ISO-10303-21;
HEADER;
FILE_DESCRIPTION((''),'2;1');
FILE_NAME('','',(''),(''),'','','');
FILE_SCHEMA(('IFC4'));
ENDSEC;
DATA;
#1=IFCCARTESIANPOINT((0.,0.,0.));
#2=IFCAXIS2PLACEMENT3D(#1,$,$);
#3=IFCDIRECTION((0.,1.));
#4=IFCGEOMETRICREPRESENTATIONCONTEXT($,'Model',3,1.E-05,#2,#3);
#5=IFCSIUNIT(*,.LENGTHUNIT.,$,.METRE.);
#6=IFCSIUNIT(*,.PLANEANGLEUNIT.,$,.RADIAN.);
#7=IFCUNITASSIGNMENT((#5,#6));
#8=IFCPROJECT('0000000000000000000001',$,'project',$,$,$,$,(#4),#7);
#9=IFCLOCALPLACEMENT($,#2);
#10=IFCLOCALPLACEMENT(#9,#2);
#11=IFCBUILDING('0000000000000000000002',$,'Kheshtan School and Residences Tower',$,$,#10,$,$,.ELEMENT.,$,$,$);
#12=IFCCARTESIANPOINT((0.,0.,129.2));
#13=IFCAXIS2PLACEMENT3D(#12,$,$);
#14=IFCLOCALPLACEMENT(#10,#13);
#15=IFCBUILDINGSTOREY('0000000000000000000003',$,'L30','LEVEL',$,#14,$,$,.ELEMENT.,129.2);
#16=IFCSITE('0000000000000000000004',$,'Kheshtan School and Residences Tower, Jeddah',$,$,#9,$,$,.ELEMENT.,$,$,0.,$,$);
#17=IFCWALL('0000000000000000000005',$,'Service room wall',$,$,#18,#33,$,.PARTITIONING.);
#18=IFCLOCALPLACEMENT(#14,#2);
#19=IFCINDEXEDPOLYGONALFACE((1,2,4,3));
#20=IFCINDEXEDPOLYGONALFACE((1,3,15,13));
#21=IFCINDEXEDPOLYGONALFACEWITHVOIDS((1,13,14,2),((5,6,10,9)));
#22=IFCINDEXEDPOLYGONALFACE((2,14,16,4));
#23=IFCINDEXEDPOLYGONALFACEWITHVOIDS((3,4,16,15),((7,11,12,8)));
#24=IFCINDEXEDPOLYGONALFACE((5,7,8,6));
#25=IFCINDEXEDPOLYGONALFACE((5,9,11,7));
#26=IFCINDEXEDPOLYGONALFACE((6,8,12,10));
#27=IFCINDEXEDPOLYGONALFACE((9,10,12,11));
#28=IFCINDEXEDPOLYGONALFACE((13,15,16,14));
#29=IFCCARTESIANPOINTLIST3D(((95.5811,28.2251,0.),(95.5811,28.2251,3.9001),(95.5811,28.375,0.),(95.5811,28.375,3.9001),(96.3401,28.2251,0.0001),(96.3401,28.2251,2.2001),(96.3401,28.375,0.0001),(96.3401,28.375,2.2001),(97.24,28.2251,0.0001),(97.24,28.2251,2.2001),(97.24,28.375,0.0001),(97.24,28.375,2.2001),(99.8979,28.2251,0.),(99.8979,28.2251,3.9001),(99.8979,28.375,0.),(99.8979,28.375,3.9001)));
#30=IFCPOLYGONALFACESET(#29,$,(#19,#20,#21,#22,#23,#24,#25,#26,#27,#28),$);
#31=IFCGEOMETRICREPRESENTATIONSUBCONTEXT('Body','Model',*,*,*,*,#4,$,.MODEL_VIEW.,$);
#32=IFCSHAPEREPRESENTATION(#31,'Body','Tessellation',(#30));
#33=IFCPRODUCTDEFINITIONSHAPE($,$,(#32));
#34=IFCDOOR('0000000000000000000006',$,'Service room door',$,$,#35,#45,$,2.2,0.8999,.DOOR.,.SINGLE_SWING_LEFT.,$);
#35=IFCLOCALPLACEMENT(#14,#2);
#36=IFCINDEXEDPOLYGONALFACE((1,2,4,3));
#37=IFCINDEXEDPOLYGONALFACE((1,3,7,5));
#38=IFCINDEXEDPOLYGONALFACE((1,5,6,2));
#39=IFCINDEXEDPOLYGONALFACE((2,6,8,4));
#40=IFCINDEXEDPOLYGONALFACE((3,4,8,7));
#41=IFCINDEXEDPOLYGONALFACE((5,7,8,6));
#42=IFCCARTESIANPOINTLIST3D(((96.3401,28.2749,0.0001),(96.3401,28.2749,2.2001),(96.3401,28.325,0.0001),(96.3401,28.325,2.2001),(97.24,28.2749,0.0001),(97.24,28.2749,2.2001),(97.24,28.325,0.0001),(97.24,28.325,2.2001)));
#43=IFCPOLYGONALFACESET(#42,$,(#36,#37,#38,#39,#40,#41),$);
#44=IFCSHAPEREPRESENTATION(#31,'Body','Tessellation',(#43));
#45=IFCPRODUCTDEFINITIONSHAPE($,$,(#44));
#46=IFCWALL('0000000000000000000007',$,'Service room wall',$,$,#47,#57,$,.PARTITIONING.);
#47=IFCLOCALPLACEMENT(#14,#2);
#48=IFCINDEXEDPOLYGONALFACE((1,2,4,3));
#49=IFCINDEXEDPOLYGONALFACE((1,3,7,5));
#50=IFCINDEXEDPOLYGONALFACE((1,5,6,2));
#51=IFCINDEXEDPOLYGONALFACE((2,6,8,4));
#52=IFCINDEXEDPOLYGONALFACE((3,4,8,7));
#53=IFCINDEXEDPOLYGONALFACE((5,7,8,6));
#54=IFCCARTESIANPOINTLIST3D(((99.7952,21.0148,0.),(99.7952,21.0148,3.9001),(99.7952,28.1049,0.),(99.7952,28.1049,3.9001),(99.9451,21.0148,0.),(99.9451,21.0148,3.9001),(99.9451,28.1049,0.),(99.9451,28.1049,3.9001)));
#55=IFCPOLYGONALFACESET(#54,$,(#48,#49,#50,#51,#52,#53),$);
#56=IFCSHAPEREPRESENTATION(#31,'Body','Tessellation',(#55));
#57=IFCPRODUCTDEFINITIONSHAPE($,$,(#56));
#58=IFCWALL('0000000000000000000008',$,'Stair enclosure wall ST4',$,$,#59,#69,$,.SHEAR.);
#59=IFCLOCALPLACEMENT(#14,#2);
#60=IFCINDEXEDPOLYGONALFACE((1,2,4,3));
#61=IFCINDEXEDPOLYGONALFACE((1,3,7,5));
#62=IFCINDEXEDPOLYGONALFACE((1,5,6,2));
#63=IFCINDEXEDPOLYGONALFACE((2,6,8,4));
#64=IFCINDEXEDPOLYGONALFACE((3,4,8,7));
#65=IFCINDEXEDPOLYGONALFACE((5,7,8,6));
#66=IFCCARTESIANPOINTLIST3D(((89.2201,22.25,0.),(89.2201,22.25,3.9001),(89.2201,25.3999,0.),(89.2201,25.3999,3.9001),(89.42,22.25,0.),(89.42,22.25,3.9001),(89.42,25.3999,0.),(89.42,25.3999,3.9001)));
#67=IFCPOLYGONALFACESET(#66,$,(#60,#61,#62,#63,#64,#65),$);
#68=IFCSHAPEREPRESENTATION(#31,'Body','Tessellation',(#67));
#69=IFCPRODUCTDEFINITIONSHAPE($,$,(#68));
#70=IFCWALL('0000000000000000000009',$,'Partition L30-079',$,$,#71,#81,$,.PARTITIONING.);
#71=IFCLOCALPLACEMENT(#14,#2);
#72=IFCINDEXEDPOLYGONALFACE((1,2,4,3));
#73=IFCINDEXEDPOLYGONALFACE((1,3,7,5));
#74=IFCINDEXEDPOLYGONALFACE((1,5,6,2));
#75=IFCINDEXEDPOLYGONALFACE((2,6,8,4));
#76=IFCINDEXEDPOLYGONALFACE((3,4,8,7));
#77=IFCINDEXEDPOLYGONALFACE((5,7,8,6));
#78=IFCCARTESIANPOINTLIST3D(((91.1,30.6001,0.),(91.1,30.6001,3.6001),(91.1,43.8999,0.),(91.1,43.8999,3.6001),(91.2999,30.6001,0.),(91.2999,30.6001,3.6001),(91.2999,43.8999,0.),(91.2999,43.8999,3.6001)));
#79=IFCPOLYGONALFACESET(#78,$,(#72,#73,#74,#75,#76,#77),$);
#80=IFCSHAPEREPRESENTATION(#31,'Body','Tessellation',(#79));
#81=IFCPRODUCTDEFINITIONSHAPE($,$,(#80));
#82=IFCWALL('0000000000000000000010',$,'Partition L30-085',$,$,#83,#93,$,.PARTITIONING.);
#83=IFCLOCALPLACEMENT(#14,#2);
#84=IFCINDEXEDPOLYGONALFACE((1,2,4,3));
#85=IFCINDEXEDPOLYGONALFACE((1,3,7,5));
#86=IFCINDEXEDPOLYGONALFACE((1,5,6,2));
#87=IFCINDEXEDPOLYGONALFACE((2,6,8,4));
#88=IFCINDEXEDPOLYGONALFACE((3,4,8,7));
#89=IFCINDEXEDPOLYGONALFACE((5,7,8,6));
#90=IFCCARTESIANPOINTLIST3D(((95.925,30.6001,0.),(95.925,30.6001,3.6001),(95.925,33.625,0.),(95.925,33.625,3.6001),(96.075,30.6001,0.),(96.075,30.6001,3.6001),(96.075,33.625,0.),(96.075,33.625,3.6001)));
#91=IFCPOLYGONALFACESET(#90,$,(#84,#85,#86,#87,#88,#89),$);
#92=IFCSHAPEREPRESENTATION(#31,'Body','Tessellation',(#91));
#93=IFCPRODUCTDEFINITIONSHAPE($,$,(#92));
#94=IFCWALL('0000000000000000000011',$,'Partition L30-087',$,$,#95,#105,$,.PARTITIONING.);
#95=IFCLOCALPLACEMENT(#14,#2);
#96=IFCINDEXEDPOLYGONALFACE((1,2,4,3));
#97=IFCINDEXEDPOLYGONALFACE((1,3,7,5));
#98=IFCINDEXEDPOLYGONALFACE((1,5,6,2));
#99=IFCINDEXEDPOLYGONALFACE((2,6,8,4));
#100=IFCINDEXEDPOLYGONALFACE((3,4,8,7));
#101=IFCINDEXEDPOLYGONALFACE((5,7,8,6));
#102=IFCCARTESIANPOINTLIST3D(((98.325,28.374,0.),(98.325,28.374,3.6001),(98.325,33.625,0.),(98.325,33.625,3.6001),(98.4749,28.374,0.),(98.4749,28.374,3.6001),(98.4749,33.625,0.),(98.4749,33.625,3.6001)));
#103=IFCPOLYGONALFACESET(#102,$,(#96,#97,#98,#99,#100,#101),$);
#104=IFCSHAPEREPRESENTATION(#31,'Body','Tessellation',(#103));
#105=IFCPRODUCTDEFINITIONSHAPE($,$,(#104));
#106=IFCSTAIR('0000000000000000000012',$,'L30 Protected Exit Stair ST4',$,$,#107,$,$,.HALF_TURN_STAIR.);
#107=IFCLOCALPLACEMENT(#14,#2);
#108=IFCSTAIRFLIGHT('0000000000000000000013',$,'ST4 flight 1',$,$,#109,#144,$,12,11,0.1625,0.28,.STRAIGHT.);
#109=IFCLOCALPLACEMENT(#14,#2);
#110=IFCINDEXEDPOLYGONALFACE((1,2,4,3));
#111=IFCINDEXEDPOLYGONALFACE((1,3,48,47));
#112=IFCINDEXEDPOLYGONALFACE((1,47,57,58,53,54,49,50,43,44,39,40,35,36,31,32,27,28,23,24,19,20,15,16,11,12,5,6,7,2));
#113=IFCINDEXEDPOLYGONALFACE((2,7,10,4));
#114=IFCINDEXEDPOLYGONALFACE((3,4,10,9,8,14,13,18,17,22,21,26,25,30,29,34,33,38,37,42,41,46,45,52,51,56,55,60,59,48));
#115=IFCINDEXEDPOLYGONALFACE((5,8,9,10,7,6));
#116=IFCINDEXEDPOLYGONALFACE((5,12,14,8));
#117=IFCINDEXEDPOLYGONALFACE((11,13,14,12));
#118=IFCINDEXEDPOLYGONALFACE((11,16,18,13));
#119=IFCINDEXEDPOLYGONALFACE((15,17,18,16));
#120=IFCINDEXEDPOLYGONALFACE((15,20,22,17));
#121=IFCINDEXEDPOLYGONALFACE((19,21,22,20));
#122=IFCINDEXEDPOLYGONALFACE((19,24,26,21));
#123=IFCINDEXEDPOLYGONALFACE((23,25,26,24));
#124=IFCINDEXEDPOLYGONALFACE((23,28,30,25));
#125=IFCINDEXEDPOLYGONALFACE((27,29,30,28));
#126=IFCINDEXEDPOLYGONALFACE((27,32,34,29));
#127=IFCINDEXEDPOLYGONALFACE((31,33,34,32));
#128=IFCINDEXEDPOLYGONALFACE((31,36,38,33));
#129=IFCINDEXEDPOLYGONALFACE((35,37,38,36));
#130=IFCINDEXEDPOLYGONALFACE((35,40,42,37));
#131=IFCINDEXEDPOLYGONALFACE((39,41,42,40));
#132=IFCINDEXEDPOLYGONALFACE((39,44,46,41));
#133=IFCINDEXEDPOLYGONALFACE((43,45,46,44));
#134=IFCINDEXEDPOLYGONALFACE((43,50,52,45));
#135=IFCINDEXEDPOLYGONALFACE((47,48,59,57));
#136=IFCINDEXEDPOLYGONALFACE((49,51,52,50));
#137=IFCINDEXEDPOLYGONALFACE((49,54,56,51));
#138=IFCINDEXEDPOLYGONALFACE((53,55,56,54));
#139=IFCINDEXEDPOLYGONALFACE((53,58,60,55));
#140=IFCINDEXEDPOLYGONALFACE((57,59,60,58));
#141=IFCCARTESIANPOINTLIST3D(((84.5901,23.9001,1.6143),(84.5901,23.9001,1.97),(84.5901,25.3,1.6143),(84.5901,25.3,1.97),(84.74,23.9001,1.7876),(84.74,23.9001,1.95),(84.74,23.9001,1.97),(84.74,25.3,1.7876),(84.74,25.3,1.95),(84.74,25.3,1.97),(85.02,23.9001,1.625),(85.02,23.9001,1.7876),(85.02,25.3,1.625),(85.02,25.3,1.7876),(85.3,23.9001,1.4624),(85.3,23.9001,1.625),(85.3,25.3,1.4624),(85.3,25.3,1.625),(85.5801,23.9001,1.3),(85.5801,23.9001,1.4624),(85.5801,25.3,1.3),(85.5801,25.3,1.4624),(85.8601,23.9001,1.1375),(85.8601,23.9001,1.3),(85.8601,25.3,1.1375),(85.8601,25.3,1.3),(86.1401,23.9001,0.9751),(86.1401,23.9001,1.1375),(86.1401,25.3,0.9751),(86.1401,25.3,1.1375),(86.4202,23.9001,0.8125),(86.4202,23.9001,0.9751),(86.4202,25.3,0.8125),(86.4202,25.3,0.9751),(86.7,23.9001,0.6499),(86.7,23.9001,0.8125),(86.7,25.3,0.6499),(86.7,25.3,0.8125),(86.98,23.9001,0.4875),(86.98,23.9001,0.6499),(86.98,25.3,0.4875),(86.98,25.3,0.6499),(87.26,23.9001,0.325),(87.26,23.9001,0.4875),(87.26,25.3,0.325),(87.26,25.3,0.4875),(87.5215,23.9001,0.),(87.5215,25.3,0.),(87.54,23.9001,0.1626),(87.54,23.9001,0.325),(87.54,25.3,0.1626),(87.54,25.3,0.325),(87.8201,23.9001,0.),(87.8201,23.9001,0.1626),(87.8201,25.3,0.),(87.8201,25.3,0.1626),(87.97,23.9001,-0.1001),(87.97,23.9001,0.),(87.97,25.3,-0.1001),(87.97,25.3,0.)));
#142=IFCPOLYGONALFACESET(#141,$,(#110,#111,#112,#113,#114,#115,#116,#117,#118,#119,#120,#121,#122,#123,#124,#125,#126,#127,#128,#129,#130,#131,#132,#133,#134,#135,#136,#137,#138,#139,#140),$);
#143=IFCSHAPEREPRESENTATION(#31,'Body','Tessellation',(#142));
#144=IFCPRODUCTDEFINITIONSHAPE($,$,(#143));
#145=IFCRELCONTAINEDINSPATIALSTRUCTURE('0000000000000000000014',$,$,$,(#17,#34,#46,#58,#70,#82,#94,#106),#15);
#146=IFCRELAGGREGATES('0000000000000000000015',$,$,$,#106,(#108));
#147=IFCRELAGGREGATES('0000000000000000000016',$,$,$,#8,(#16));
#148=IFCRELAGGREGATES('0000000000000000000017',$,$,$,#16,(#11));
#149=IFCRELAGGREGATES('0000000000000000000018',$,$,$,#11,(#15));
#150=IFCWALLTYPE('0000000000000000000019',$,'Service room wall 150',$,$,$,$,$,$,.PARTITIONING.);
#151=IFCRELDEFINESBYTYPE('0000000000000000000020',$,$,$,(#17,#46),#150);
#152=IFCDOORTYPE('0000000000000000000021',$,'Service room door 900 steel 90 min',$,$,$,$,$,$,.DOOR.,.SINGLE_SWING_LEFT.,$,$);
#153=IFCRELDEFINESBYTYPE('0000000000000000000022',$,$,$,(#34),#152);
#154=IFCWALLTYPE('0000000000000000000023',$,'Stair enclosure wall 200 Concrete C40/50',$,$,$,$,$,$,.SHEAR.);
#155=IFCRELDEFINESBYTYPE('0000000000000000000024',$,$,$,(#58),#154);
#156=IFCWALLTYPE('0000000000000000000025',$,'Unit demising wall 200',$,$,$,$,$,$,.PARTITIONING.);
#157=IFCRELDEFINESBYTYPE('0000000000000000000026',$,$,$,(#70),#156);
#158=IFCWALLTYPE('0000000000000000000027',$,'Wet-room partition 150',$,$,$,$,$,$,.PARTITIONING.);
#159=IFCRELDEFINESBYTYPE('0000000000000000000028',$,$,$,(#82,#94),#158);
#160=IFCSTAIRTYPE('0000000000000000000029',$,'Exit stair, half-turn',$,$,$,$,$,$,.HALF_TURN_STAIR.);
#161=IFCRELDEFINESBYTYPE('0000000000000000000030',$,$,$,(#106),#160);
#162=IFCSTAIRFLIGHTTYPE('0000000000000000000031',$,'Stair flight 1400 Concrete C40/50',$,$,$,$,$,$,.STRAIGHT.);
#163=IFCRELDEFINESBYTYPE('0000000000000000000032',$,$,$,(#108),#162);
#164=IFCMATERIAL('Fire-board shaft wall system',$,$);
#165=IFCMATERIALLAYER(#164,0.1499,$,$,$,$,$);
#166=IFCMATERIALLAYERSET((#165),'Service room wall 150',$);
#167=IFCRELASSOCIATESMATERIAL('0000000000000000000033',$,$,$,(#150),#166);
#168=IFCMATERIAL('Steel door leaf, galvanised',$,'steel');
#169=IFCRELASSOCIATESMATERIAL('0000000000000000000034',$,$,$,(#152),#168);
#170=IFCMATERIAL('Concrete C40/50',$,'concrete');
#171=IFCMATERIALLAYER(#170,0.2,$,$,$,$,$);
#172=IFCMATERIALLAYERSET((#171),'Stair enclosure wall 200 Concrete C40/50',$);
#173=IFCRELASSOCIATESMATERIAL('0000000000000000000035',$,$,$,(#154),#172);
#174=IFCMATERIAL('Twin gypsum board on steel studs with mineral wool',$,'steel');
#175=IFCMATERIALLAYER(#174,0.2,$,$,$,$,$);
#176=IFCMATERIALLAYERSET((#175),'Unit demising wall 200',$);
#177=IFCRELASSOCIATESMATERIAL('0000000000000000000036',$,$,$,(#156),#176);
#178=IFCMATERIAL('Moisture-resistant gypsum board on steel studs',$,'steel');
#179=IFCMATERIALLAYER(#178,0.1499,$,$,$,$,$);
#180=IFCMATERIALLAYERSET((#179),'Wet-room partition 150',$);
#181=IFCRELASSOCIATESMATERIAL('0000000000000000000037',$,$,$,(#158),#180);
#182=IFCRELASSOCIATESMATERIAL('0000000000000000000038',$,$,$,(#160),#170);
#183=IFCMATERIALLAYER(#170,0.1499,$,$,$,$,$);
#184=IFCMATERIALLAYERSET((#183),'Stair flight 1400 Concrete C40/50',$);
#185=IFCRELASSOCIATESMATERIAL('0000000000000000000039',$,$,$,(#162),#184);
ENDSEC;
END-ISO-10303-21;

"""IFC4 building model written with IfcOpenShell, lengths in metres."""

from ifc_helpers import new_model, si_unit, direction, frame, frame_2d, origin, place, context, subcontext, project, spatial, polyline, rectangle, outline, extrude, source, transform, mapped, material, layer, layer_set, type_object, element, fill, aggregate, save


model = new_model("IFC4")

# Units and contexts
model_context = context("Model", 3, precision=1e-05, world=origin(), true_north=direction((0.0, 1.0)))
body_context = subcontext(model_context, "Body", "Model", "MODEL_VIEW")
ifc_project = project(units=[si_unit("LENGTHUNIT", "METRE"), si_unit("PLANEANGLEUNIT", "RADIAN")], contexts=[model_context])

# Site, building, storey
site_placement = place(None, origin())
site = spatial("IfcSite", under=ifc_project, at=site_placement, Name="Kheshtan School and Residences Tower, Jeddah", CompositionType="ELEMENT", RefElevation=0.0)
building_placement = place(site_placement, origin())
building = spatial("IfcBuilding", under=site, at=building_placement, Name="Kheshtan School and Residences Tower", CompositionType="ELEMENT")
storey_placement = place(building_placement, frame((0.0, 0.0, 129.2)))
storey = spatial("IfcBuildingStorey", under=building, at=storey_placement, Name="L30", Description="LEVEL", CompositionType="ELEMENT", Elevation=129.2)

# Shared definitions
ifc_material_1 = material(Name="Fire-board shaft wall system")
ifc_layer_1 = layer(ifc_material_1, 0.1499)
ifc_layer_set_1 = layer_set([ifc_layer_1], Name="Service room wall 150")
wall_type_1 = type_object("IfcWallType", Name="Service room wall 150", PredefinedType="PARTITIONING", material=ifc_layer_set_1)
ifc_material_2 = material(Name="Steel door leaf, galvanised", Category="steel")
door_type = type_object("IfcDoorType", Name="Service room door 900 steel 90 min", OperationType="SINGLE_SWING_LEFT", PredefinedType="DOOR", material=ifc_material_2)
shared_shape = source(origin(), body_context, "Body", "SweptSolid", [
    extrude(rectangle(XDim=0.8999, YDim=2.2, at=frame_2d((0.45, 1.1001))), frame((0.0, 0.0249, 0.0), z_axis=(0.0, -1.0, 0.0), x_axis=(1.0, 0.0, 0.0)), (0.0, 0.0, 1.0), 0.05),
])

# Wall, opening, door
wall_1_placement = place(storey_placement, frame((95.5811, 28.3, 0.0), z_axis=(0.0, 0.0, 1.0), x_axis=(1.0, 0.0, 0.0)))
wall_1 = element("IfcWall", 1, at=wall_1_placement, inside=storey, type_object=wall_type_1, Name="Service room wall", PredefinedType="PARTITIONING", context=body_context, shape_type="SweptSolid", body=[
    extrude(rectangle(XDim=4.3169, YDim=0.1499, at=frame_2d((2.1584, 0.0))), origin(), (0.0, 0.0, 1.0), 3.9001),
])
opening_1_placement = place(wall_1_placement, frame((0.759, 0.0, 0.0)))
opening_1 = element("IfcOpeningElement", 2, at=opening_1_placement, cuts=wall_1, PredefinedType="OPENING", context=body_context, shape_type="SweptSolid", body=[
    extrude(rectangle(XDim=0.8999, YDim=2.2, at=frame_2d((0.45, 1.1001))), frame((0.0, 0.085, 0.0), z_axis=(0.0, -1.0, 0.0), x_axis=(1.0, 0.0, 0.0)), (0.0, 0.0, 1.0), 0.1699),
])
door_1_placement = place(opening_1_placement, origin())
door_1 = element("IfcDoor", 3, at=door_1_placement, inside=storey, type_object=door_type, Name="Service room door", OperationType="SINGLE_SWING_LEFT", OverallHeight=2.2, OverallWidth=0.8999, PredefinedType="DOOR", context=body_context, shape_type="MappedRepresentation", body=[
    mapped(shared_shape, transform((0.0, 0.0, 0.0), x_axis=(1.0, 0.0, 0.0), y_axis=(0.0, 1.0, 0.0), z_axis=(0.0, 0.0, 1.0), scale=1.0)),
])
fill(opening_1, door_1)

# Walls
wall_2_placement = place(storey_placement, frame((99.8701, 21.0149, 0.0), z_axis=(0.0, 0.0, 1.0), x_axis=(0.0, 1.0, 0.0)))
element("IfcWall", 4, at=wall_2_placement, inside=storey, type_object=wall_type_1, Name="Service room wall", PredefinedType="PARTITIONING", context=body_context, shape_type="SweptSolid", body=[
    extrude(rectangle(XDim=7.0901, YDim=0.1499, at=frame_2d((3.5449, 0.0))), origin(), (0.0, 0.0, 1.0), 3.9001),
])
ifc_material_3 = material(Name="Concrete C40/50", Category="concrete")
ifc_layer_2 = layer(ifc_material_3, 0.2)
ifc_layer_set_2 = layer_set([ifc_layer_2], Name="Stair enclosure wall 200 Concrete C40/50")
wall_type_2 = type_object("IfcWallType", Name="Stair enclosure wall 200 Concrete C40/50", PredefinedType="SHEAR", material=ifc_layer_set_2)
wall_3_placement = place(storey_placement, frame((89.3201, 22.25, 0.0), z_axis=(0.0, 0.0, 1.0), x_axis=(0.0, 1.0, 0.0)))
element("IfcWall", 5, at=wall_3_placement, inside=storey, type_object=wall_type_2, Name="Stair enclosure wall ST4", PredefinedType="SHEAR", context=body_context, shape_type="SweptSolid", body=[
    extrude(rectangle(XDim=3.1499, YDim=0.2, at=frame_2d((1.575, 0.0))), origin(), (0.0, 0.0, 1.0), 3.9001),
])
ifc_material_4 = material(Name="Twin gypsum board on steel studs with mineral wool", Category="steel")
ifc_layer_3 = layer(ifc_material_4, 0.2)
ifc_layer_set_3 = layer_set([ifc_layer_3], Name="Unit demising wall 200")
wall_type_3 = type_object("IfcWallType", Name="Unit demising wall 200", PredefinedType="PARTITIONING", material=ifc_layer_set_3)
wall_4_placement = place(storey_placement, frame((91.2, 30.6001, 0.0), z_axis=(0.0, 0.0, 1.0), x_axis=(0.0, 1.0, 0.0)))
element("IfcWall", 6, at=wall_4_placement, inside=storey, type_object=wall_type_3, Name="Partition L30-079", PredefinedType="PARTITIONING", context=body_context, shape_type="SweptSolid", body=[
    extrude(rectangle(XDim=13.2998, YDim=0.2, at=frame_2d((6.6499, 0.0))), origin(), (0.0, 0.0, 1.0), 3.6001),
])
ifc_material_5 = material(Name="Moisture-resistant gypsum board on steel studs", Category="steel")
ifc_layer_4 = layer(ifc_material_5, 0.1499)
ifc_layer_set_4 = layer_set([ifc_layer_4], Name="Wet-room partition 150")
wall_type_4 = type_object("IfcWallType", Name="Wet-room partition 150", PredefinedType="PARTITIONING", material=ifc_layer_set_4)
wall_5_placement = place(storey_placement, frame((96.0, 30.6001, 0.0), z_axis=(0.0, 0.0, 1.0), x_axis=(0.0, 1.0, 0.0)))
element("IfcWall", 7, at=wall_5_placement, inside=storey, type_object=wall_type_4, Name="Partition L30-085", PredefinedType="PARTITIONING", context=body_context, shape_type="SweptSolid", body=[
    extrude(rectangle(XDim=3.0249, YDim=0.1499, at=frame_2d((1.5125, 0.0))), origin(), (0.0, 0.0, 1.0), 3.6001),
])
wall_6_placement = place(storey_placement, frame((98.3999, 28.374, 0.0), z_axis=(0.0, 0.0, 1.0), x_axis=(0.0, 1.0, 0.0)))
element("IfcWall", 8, at=wall_6_placement, inside=storey, type_object=wall_type_4, Name="Partition L30-087", PredefinedType="PARTITIONING", context=body_context, shape_type="SweptSolid", body=[
    extrude(rectangle(XDim=5.251, YDim=0.1499, at=frame_2d((2.6255, 0.0))), origin(), (0.0, 0.0, 1.0), 3.6001),
])

# Stair, stair flight
stair_type = type_object("IfcStairType", Name="Exit stair, half-turn", PredefinedType="HALF_TURN_STAIR", material=ifc_material_3)
stair_placement = place(storey_placement, origin())
stair = element("IfcStair", 9, at=stair_placement, inside=storey, type_object=stair_type, Name="L30 Protected Exit Stair ST4", PredefinedType="HALF_TURN_STAIR")
ifc_layer_5 = layer(ifc_material_3, 0.1499)
ifc_layer_set_5 = layer_set([ifc_layer_5], Name="Stair flight 1400 Concrete C40/50")
stair_flight_type = type_object("IfcStairFlightType", Name="Stair flight 1400 Concrete C40/50", PredefinedType="STRAIGHT", material=ifc_layer_set_5)
stair_flight_placement = place(storey_placement, frame((87.8201, 24.6001, 0.0), z_axis=(0.0, 0.0, 1.0), x_axis=(-1.0, 0.0, 0.0)))
stair_flight = element("IfcStairFlight", 10, at=stair_flight_placement, type_object=stair_flight_type, Name="ST4 flight 1", NumberOfRisers=12, NumberOfTreads=11, PredefinedType="STRAIGHT", RiserHeight=0.1625, TreadLength=0.28, context=body_context, shape_type="SweptSolid", body=[
    extrude(outline(polyline([(-0.1499, -0.1001), (-0.1499, 0.0), (0.0, 0.0), (0.0, 0.1626), (0.28, 0.1626), (0.28, 0.325), (0.5601, 0.325), (0.5601, 0.4875), (0.8401, 0.4875), (0.8401, 0.6499), (1.1201, 0.6499), (1.1201, 0.8125), (1.3999, 0.8125), (1.3999, 0.9751), (1.6799, 0.9751), (1.6799, 1.1375), (1.96, 1.1375), (1.96, 1.3), (2.24, 1.3), (2.24, 1.4624), (2.52, 1.4624), (2.52, 1.625), (2.8, 1.625), (2.8, 1.7876), (3.0801, 1.7876), (3.0801, 1.95), (3.0801, 1.97), (3.23, 1.97), (3.23, 1.6143), (0.2986, 0.0), (-0.1499, -0.1001)])), frame((0.0, 0.7, 0.0), z_axis=(0.0, -1.0, 0.0), x_axis=(1.0, 0.0, 0.0)), (0.0, 0.0, 1.0), 1.3999),
])
aggregate(stair, [stair_flight])

save(model, "model.ifc")
